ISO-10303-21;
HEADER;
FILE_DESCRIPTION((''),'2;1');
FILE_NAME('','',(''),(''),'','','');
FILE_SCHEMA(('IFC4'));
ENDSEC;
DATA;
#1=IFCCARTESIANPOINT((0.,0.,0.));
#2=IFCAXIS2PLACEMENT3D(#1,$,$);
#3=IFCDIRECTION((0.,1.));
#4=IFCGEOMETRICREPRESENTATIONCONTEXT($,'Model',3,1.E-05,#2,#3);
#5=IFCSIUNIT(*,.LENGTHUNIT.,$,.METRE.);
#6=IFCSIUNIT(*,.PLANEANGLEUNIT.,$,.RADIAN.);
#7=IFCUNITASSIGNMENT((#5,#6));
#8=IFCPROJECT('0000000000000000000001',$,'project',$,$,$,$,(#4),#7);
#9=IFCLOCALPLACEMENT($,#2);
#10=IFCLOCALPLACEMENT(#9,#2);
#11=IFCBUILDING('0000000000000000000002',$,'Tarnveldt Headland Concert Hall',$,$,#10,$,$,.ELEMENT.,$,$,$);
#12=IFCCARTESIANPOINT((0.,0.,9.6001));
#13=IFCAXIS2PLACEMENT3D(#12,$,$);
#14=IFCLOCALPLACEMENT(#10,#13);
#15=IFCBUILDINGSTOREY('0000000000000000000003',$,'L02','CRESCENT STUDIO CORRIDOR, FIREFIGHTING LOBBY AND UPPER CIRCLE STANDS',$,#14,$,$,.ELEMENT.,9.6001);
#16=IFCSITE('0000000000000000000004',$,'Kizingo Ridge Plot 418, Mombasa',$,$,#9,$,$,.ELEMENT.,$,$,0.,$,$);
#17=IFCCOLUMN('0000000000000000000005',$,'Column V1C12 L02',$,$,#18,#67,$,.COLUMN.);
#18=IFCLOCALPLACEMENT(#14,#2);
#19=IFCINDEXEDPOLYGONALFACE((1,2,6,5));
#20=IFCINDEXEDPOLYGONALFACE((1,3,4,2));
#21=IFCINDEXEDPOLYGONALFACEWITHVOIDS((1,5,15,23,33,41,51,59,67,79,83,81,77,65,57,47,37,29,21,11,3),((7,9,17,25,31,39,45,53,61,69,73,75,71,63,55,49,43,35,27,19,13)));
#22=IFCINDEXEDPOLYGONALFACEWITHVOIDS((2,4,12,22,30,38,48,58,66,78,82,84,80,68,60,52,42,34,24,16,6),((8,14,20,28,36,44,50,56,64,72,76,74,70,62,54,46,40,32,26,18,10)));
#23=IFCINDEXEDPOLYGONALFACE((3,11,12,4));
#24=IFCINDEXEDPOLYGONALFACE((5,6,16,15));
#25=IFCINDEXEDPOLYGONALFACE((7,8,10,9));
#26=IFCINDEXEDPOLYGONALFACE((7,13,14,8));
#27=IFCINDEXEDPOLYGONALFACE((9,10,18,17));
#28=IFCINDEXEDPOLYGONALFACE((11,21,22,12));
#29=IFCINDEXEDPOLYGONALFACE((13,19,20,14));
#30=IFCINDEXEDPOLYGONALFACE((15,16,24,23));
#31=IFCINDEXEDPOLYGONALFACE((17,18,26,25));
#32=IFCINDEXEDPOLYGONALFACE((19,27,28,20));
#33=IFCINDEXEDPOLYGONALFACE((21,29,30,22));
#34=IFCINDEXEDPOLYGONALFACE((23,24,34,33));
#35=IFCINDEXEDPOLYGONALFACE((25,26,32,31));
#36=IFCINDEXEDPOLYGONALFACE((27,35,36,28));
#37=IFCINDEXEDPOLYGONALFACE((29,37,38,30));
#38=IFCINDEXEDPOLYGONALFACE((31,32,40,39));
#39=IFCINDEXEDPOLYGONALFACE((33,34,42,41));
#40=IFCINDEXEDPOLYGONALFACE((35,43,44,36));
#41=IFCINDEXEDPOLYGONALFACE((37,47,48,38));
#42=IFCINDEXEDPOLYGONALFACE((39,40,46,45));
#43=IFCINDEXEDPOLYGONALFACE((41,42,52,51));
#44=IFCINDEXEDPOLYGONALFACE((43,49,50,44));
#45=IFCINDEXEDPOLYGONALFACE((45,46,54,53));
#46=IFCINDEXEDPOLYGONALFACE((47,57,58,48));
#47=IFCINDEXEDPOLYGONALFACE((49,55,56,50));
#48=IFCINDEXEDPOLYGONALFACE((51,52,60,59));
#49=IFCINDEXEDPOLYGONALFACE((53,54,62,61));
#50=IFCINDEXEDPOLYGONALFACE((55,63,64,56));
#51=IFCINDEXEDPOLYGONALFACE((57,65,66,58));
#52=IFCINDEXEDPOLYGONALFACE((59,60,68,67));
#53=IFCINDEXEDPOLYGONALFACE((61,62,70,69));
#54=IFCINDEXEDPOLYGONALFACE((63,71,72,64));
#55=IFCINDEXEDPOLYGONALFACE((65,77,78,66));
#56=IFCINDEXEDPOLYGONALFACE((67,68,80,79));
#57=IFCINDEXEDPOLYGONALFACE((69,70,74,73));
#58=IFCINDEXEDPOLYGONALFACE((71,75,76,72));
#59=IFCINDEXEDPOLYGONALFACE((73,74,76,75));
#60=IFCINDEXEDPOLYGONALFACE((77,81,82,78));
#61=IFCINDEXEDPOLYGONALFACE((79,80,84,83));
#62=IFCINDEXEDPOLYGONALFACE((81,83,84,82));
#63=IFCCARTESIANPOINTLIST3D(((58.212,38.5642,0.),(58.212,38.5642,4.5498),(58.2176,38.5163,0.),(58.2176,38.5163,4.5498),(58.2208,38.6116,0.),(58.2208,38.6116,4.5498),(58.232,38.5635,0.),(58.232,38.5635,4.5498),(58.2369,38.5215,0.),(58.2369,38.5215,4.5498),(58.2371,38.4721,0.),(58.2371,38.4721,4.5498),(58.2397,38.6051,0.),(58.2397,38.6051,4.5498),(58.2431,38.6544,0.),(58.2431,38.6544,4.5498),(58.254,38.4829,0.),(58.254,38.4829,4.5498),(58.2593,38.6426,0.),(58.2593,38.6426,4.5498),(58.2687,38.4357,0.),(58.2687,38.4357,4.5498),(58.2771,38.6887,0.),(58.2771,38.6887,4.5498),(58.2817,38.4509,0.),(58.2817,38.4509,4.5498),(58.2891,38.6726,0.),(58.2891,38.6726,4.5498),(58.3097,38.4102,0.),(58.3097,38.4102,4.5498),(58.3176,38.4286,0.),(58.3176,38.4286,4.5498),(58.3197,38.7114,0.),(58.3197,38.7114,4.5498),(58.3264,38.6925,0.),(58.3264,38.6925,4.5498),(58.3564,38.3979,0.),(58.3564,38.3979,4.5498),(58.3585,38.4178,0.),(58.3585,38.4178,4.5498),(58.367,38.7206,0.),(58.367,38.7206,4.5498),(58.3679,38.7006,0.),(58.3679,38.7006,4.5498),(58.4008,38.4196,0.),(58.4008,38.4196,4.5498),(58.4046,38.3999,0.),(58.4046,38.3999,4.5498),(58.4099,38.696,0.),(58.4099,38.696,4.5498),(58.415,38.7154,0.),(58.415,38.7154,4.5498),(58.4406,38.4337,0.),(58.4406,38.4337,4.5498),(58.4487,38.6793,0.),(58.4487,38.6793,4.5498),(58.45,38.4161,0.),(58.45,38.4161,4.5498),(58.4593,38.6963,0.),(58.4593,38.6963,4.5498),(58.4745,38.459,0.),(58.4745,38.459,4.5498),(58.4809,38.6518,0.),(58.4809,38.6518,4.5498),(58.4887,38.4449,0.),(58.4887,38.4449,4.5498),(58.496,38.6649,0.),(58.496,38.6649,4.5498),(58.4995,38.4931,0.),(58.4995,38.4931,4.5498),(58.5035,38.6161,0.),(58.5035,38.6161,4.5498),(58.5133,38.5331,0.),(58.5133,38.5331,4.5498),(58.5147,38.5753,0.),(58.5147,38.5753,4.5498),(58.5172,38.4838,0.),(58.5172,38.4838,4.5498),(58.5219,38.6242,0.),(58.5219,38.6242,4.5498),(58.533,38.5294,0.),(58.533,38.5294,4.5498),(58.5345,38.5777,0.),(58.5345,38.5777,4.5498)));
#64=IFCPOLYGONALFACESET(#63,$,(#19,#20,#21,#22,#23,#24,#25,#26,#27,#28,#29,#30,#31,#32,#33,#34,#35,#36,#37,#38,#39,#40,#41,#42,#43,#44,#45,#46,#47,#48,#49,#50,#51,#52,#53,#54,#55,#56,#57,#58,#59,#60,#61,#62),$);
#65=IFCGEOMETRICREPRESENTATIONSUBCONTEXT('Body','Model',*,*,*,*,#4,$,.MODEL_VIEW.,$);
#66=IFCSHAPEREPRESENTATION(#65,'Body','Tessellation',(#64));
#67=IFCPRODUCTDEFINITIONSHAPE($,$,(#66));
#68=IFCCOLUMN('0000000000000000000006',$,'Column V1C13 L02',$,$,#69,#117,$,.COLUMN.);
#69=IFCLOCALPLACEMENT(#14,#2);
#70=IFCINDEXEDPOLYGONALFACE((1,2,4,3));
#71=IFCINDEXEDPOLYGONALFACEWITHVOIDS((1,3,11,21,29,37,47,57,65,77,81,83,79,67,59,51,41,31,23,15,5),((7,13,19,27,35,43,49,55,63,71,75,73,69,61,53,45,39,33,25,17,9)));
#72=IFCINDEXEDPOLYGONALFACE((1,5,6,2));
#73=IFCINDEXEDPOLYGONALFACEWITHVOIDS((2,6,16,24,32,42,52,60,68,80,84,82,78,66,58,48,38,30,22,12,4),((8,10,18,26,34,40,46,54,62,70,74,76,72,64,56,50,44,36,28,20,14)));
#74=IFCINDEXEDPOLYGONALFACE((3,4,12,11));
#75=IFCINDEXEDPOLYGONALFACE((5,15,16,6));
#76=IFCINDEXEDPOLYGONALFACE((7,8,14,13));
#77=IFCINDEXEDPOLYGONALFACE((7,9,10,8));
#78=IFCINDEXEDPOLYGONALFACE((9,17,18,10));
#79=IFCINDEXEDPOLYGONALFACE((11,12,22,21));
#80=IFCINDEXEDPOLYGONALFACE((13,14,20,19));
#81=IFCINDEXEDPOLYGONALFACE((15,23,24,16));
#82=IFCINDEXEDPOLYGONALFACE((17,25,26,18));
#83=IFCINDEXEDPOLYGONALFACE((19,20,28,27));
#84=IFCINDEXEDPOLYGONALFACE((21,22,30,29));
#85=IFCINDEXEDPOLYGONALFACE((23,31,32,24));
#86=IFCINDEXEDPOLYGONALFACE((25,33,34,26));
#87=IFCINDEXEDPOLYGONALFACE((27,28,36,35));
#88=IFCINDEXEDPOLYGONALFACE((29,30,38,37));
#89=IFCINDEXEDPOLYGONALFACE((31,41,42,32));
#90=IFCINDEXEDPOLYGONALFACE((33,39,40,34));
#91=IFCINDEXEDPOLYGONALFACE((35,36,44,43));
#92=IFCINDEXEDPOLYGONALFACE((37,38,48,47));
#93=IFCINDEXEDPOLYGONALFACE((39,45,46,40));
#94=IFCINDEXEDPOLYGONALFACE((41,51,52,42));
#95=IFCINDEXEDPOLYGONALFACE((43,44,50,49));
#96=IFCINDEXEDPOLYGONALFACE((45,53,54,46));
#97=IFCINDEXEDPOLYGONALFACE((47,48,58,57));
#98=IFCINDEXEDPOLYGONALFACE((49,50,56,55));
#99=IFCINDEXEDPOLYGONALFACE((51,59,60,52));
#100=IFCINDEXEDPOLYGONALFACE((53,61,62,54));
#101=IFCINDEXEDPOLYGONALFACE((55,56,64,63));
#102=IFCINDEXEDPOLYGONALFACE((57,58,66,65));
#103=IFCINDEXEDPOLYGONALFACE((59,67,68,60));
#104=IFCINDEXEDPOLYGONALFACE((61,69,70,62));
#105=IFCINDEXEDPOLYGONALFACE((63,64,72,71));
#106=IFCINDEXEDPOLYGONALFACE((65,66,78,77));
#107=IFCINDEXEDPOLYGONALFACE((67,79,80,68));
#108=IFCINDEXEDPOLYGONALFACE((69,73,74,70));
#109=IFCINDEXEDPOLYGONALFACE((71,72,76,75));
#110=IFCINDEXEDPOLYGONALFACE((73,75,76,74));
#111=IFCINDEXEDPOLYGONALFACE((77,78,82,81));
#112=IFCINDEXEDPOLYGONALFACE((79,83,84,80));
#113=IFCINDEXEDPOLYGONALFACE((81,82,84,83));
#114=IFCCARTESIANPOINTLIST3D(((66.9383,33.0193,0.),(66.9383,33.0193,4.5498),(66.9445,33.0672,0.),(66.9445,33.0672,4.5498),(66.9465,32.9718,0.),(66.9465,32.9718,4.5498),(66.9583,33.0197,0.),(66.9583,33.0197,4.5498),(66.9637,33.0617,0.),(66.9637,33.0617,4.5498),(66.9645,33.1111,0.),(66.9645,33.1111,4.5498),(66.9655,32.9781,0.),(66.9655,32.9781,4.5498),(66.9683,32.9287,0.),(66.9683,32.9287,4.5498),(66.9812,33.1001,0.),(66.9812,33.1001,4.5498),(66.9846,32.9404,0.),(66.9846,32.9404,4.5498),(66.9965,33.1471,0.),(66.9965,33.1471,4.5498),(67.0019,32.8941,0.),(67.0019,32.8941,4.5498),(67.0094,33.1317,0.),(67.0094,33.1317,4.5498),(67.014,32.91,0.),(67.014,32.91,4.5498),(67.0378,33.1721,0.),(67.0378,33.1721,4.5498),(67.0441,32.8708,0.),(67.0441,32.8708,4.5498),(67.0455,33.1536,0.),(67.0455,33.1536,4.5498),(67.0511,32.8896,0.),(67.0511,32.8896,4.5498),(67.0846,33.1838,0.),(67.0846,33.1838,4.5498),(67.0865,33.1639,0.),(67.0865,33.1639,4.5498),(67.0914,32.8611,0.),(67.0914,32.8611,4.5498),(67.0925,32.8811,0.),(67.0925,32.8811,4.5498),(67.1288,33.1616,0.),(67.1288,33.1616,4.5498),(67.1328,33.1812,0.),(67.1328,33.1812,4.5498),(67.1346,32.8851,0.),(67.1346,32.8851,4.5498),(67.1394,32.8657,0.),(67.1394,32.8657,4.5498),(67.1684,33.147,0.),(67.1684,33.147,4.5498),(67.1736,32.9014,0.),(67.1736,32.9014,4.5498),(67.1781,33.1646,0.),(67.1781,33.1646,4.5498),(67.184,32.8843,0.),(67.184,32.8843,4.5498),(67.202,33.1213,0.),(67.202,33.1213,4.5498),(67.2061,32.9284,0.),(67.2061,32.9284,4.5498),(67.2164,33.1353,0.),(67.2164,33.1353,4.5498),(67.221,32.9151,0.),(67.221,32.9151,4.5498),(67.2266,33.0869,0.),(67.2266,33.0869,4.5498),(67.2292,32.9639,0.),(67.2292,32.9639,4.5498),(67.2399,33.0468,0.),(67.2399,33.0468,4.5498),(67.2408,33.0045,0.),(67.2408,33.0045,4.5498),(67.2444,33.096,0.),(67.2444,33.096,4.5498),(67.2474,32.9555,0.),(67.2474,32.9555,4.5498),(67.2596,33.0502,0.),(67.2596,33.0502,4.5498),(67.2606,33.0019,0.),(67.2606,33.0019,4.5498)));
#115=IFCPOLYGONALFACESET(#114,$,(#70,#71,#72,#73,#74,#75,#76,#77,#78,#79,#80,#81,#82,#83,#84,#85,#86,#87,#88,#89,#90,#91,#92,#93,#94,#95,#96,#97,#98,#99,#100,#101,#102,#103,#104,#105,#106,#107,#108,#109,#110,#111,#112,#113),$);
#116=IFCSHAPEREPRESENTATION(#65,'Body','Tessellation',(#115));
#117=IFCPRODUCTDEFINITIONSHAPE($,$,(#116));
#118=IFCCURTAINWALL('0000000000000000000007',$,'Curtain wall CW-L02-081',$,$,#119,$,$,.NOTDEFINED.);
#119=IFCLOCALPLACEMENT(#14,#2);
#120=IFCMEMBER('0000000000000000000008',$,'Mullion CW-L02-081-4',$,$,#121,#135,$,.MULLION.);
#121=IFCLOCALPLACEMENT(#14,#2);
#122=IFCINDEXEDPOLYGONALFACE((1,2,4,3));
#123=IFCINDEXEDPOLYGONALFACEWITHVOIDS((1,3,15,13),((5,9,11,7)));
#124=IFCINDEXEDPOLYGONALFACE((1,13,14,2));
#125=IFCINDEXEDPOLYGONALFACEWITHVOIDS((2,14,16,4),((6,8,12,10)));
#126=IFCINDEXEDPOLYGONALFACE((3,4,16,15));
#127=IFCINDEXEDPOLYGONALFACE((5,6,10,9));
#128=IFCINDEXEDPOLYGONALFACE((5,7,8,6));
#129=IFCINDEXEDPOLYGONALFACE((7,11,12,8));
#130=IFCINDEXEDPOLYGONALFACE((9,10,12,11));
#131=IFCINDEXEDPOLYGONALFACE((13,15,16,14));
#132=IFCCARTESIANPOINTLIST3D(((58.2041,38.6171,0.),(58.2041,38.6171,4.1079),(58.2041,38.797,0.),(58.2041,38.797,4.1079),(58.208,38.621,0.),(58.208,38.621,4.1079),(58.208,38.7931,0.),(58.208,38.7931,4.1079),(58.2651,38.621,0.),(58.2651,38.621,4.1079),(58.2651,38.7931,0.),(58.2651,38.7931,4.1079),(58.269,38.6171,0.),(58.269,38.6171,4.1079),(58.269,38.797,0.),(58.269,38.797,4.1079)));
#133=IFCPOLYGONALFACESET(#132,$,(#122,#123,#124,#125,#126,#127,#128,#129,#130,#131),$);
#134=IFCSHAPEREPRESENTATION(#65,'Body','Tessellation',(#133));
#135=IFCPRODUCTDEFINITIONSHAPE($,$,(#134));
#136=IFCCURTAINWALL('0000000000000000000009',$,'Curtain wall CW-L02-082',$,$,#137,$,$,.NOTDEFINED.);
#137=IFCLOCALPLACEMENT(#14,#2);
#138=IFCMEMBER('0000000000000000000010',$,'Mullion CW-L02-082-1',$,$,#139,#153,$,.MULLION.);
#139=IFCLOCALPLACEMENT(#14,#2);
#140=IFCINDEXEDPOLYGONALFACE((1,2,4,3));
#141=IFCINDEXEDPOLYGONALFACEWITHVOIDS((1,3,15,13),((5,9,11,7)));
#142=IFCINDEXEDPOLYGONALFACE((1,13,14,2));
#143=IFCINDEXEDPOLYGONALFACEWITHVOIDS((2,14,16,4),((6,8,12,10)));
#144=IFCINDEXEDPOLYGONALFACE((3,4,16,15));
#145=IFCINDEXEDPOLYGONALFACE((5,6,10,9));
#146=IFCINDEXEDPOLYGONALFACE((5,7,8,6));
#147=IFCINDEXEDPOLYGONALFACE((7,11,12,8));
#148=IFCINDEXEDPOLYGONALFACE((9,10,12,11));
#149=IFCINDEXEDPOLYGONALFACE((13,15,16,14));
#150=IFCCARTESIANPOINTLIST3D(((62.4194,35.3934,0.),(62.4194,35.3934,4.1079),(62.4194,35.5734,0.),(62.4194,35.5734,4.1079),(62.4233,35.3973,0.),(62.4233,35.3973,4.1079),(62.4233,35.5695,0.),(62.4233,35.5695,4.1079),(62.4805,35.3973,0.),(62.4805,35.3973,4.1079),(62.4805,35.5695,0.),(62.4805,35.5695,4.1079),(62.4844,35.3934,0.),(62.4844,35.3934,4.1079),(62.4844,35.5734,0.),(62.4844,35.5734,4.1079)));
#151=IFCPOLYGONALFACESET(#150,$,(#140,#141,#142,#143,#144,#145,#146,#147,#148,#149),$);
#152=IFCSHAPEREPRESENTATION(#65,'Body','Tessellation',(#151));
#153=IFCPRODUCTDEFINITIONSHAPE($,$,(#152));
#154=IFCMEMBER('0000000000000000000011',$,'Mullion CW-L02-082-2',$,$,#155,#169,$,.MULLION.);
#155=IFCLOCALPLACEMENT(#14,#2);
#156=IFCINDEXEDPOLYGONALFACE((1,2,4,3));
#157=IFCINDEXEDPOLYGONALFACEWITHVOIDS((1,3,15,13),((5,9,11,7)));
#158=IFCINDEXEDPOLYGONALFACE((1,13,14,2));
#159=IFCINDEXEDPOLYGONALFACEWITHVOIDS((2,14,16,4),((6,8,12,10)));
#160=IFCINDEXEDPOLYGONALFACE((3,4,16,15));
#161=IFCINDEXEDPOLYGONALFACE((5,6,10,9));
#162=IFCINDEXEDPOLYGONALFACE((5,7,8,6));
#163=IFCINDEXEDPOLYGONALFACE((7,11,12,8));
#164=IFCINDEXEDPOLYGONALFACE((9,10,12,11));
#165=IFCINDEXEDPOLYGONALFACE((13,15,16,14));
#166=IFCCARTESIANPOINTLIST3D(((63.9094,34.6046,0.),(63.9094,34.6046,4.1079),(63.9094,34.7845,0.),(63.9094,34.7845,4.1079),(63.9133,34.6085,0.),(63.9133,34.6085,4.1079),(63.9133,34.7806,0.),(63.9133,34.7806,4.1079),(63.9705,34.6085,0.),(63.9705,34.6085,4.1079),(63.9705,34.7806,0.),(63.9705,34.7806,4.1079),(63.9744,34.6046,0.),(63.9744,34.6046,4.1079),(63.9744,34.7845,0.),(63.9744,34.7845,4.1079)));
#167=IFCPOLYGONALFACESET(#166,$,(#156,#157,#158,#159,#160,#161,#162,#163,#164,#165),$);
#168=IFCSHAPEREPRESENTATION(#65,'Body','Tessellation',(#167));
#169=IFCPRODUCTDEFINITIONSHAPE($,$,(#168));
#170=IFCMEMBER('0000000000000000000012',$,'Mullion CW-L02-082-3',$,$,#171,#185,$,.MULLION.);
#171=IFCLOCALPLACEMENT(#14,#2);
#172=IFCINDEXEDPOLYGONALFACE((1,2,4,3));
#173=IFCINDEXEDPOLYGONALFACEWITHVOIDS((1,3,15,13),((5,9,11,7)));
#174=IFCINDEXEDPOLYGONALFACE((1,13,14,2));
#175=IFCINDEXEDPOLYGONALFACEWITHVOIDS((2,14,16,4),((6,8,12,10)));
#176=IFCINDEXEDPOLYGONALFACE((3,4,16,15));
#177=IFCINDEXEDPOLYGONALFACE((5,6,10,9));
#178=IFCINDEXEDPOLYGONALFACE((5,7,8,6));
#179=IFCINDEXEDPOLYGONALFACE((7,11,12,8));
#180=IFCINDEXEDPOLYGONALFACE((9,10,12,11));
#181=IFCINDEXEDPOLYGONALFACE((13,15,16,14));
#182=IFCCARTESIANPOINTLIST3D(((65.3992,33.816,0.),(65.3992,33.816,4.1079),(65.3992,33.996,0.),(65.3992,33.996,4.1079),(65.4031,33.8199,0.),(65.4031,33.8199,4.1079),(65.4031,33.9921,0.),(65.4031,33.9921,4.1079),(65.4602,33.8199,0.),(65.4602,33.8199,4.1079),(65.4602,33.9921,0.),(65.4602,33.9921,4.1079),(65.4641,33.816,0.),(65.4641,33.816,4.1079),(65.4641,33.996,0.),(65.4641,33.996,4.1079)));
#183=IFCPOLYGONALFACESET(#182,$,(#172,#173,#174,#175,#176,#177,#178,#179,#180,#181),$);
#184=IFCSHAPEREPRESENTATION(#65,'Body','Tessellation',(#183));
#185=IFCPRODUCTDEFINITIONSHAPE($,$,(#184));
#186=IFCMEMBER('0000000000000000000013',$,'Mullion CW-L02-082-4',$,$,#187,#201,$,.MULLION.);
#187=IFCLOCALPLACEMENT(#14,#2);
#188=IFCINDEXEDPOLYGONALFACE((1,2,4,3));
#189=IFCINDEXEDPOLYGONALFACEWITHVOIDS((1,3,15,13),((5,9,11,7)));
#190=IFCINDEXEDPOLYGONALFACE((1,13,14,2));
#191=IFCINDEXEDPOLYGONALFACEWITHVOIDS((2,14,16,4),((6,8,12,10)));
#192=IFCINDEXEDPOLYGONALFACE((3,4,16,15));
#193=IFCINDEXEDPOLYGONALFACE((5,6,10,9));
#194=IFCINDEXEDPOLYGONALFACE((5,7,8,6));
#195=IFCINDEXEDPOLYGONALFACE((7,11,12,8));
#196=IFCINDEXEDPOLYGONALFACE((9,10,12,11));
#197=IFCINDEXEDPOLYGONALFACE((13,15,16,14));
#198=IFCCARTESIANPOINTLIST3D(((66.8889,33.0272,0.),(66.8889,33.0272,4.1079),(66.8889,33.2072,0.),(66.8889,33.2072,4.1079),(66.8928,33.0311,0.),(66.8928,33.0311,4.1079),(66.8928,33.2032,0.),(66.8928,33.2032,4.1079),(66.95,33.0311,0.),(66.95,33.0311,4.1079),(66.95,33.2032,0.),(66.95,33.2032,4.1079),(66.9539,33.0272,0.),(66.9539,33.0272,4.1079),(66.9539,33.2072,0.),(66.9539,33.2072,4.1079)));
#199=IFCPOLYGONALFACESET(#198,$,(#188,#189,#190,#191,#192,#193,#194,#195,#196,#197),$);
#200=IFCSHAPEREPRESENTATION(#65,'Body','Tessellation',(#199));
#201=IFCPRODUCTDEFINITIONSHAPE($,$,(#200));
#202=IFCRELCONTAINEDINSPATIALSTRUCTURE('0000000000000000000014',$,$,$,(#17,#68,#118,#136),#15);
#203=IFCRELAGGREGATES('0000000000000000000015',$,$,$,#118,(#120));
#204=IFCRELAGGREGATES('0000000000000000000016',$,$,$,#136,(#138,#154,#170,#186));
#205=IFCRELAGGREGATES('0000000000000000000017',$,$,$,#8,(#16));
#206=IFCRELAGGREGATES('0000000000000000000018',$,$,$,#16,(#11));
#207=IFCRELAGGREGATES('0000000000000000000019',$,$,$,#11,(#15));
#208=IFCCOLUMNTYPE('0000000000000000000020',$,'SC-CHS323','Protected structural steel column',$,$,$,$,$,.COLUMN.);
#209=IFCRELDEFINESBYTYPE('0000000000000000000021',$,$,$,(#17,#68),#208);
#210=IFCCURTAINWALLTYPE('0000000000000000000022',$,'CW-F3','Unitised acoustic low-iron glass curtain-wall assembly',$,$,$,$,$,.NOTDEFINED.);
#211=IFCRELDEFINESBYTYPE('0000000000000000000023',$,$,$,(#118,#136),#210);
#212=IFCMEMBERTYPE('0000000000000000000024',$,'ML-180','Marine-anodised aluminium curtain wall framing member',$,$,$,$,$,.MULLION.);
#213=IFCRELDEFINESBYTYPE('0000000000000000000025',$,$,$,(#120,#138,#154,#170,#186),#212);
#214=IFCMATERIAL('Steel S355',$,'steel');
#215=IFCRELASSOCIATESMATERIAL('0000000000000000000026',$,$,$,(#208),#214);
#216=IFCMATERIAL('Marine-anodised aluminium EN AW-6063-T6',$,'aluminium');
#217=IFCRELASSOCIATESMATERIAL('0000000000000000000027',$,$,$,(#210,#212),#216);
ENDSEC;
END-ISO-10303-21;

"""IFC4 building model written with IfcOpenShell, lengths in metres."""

from ifc_helpers import new_model, si_unit, direction, frame, origin, origin_2d, place, context, subcontext, project, spatial, hollow_rectangle, hollow_circle, extrude, material, material_profile, profile_set, type_object, element, aggregate, save


model = new_model("IFC4")

# Units and contexts
model_context = context("Model", 3, precision=1e-05, world=origin(), true_north=direction((0.0, 1.0)))
body_context = subcontext(model_context, "Body", "Model", "MODEL_VIEW")
ifc_project = project(units=[si_unit("LENGTHUNIT", "METRE"), si_unit("PLANEANGLEUNIT", "RADIAN")], contexts=[model_context])

# Site, building, storey
site_placement = place(None, origin())
site = spatial("IfcSite", under=ifc_project, at=site_placement, Name="Kizingo Ridge Plot 418, Mombasa", CompositionType="ELEMENT", RefElevation=0.0)
building_placement = place(site_placement, origin())
building = spatial("IfcBuilding", under=site, at=building_placement, Name="Tarnveldt Headland Concert Hall", CompositionType="ELEMENT")
storey_placement = place(building_placement, frame((0.0, 0.0, 9.6001)))
storey = spatial("IfcBuildingStorey", under=building, at=storey_placement, Name="L02", Description="CRESCENT STUDIO CORRIDOR, FIREFIGHTING LOBBY AND UPPER CIRCLE STANDS", CompositionType="ELEMENT", Elevation=9.6001)

# Columns
ifc_material_1 = material(Name="Steel S355", Category="steel")
ifc_material_profile_1 = material_profile(ifc_material_1, hollow_circle(Radius=0.1619, WallThickness=0.02, at=origin_2d()), Name="CHS 323.9x20", Category="steel")
ifc_profile_set_1 = profile_set([ifc_material_profile_1], Name="Steel S355")
column_type = type_object("IfcColumnType", Name="SC-CHS323", Description="Protected structural steel column", PredefinedType="COLUMN", material=ifc_profile_set_1)
for number, where, z_axis, x_axis, name in (
    (1, (58.3738, 38.5588, 0.0), (0.0, 0.0, 1.0), (-0.844421, -0.535679, 0.0), "Column V1C12 L02"),
    (2, (67.1001, 33.0227, 0.0), (0.0, 0.0, 1.0), (-0.60696, -0.794733, 0.0), "Column V1C13 L02"),
):
    element("IfcColumn", number, at=place(storey_placement, frame(where, z_axis=z_axis, x_axis=x_axis)), inside=storey, type_object=column_type, Name=name, PredefinedType="COLUMN", context=body_context, shape_type="SweptSolid", body=[
        extrude(hollow_circle(Radius=0.1619, WallThickness=0.02, at=origin_2d()), origin(), (0.0, 0.0, 1.0), 4.5498),
    ])

# Curtain wall, member
ifc_material_2 = material(Name="Marine-anodised aluminium EN AW-6063-T6", Category="aluminium")
curtain_wall_type = type_object("IfcCurtainWallType", Name="CW-F3", Description="Unitised acoustic low-iron glass curtain-wall assembly", PredefinedType="NOTDEFINED", material=ifc_material_2)
curtain_wall_1_placement = place(storey_placement, origin())
curtain_wall_1 = element("IfcCurtainWall", 3, at=curtain_wall_1_placement, inside=storey, type_object=curtain_wall_type, Name="Curtain wall CW-L02-081", PredefinedType="NOTDEFINED")
ifc_material_profile_2 = material_profile(ifc_material_2, hollow_rectangle(XDim=0.0649, YDim=0.1799, WallThickness=0.0039, at=origin_2d()), Name="ALU MULLION 65x180x4", Category="aluminium")
ifc_profile_set_2 = profile_set([ifc_material_profile_2], Name="Marine-anodised aluminium EN AW-6063-T6")
member_type_1 = type_object("IfcMemberType", Name="ML-180", Description="Marine-anodised aluminium curtain wall framing member", PredefinedType="MULLION", material=ifc_profile_set_2)
member_1_placement = place(storey_placement, frame((58.2366, 38.707, 0.0), z_axis=(0.0, 0.0, 1.0), x_axis=(1.0, 0.0, 0.0)))
member_1 = element("IfcMember", 4, at=member_1_placement, type_object=member_type_1, Name="Mullion CW-L02-081-4", PredefinedType="MULLION", context=body_context, shape_type="SweptSolid", body=[
    extrude(hollow_rectangle(XDim=0.0649, YDim=0.1799, WallThickness=0.0039, at=origin_2d()), origin(), (0.0, 0.0, 1.0), 4.1079),
])
aggregate(curtain_wall_1, [member_1])

# Curtain wall, members
curtain_wall_2_placement = place(storey_placement, origin())
curtain_wall_2 = element("IfcCurtainWall", 5, at=curtain_wall_2_placement, inside=storey, type_object=curtain_wall_type, Name="Curtain wall CW-L02-082", PredefinedType="NOTDEFINED")
member_2_placement = place(storey_placement, frame((62.4519, 35.4834, 0.0), z_axis=(0.0, 0.0, 1.0), x_axis=(1.0, 0.0, 0.0)))
member_2 = element("IfcMember", 6, at=member_2_placement, type_object=member_type_1, Name="Mullion CW-L02-082-1", PredefinedType="MULLION", context=body_context, shape_type="SweptSolid", body=[
    extrude(hollow_rectangle(XDim=0.0649, YDim=0.1799, WallThickness=0.0039, at=origin_2d()), origin(), (0.0, 0.0, 1.0), 4.1079),
])
member_3_placement = place(storey_placement, frame((63.9419, 34.6946, 0.0), z_axis=(0.0, 0.0, 1.0), x_axis=(1.0, 0.0, 0.0)))
member_3 = element("IfcMember", 7, at=member_3_placement, type_object=member_type_1, Name="Mullion CW-L02-082-2", PredefinedType="MULLION", context=body_context, shape_type="SweptSolid", body=[
    extrude(hollow_rectangle(XDim=0.0649, YDim=0.1799, WallThickness=0.0039, at=origin_2d()), origin(), (0.0, 0.0, 1.0), 4.1079),
])
member_4_placement = place(storey_placement, frame((65.4316, 33.906, 0.0), z_axis=(0.0, 0.0, 1.0), x_axis=(1.0, 0.0, 0.0)))
member_4 = element("IfcMember", 8, at=member_4_placement, type_object=member_type_1, Name="Mullion CW-L02-082-3", PredefinedType="MULLION", context=body_context, shape_type="SweptSolid", body=[
    extrude(hollow_rectangle(XDim=0.0649, YDim=0.1799, WallThickness=0.0039, at=origin_2d()), origin(), (0.0, 0.0, 1.0), 4.1079),
])
member_5_placement = place(storey_placement, frame((66.9214, 33.1172, 0.0), z_axis=(0.0, 0.0, 1.0), x_axis=(1.0, 0.0, 0.0)))
member_5 = element("IfcMember", 9, at=member_5_placement, type_object=member_type_1, Name="Mullion CW-L02-082-4", PredefinedType="MULLION", context=body_context, shape_type="SweptSolid", body=[
    extrude(hollow_rectangle(XDim=0.0649, YDim=0.1799, WallThickness=0.0039, at=origin_2d()), origin(), (0.0, 0.0, 1.0), 4.1079),
])

aggregate(curtain_wall_2, [member_2, member_3, member_4, member_5])

save(model, "model.ifc")
